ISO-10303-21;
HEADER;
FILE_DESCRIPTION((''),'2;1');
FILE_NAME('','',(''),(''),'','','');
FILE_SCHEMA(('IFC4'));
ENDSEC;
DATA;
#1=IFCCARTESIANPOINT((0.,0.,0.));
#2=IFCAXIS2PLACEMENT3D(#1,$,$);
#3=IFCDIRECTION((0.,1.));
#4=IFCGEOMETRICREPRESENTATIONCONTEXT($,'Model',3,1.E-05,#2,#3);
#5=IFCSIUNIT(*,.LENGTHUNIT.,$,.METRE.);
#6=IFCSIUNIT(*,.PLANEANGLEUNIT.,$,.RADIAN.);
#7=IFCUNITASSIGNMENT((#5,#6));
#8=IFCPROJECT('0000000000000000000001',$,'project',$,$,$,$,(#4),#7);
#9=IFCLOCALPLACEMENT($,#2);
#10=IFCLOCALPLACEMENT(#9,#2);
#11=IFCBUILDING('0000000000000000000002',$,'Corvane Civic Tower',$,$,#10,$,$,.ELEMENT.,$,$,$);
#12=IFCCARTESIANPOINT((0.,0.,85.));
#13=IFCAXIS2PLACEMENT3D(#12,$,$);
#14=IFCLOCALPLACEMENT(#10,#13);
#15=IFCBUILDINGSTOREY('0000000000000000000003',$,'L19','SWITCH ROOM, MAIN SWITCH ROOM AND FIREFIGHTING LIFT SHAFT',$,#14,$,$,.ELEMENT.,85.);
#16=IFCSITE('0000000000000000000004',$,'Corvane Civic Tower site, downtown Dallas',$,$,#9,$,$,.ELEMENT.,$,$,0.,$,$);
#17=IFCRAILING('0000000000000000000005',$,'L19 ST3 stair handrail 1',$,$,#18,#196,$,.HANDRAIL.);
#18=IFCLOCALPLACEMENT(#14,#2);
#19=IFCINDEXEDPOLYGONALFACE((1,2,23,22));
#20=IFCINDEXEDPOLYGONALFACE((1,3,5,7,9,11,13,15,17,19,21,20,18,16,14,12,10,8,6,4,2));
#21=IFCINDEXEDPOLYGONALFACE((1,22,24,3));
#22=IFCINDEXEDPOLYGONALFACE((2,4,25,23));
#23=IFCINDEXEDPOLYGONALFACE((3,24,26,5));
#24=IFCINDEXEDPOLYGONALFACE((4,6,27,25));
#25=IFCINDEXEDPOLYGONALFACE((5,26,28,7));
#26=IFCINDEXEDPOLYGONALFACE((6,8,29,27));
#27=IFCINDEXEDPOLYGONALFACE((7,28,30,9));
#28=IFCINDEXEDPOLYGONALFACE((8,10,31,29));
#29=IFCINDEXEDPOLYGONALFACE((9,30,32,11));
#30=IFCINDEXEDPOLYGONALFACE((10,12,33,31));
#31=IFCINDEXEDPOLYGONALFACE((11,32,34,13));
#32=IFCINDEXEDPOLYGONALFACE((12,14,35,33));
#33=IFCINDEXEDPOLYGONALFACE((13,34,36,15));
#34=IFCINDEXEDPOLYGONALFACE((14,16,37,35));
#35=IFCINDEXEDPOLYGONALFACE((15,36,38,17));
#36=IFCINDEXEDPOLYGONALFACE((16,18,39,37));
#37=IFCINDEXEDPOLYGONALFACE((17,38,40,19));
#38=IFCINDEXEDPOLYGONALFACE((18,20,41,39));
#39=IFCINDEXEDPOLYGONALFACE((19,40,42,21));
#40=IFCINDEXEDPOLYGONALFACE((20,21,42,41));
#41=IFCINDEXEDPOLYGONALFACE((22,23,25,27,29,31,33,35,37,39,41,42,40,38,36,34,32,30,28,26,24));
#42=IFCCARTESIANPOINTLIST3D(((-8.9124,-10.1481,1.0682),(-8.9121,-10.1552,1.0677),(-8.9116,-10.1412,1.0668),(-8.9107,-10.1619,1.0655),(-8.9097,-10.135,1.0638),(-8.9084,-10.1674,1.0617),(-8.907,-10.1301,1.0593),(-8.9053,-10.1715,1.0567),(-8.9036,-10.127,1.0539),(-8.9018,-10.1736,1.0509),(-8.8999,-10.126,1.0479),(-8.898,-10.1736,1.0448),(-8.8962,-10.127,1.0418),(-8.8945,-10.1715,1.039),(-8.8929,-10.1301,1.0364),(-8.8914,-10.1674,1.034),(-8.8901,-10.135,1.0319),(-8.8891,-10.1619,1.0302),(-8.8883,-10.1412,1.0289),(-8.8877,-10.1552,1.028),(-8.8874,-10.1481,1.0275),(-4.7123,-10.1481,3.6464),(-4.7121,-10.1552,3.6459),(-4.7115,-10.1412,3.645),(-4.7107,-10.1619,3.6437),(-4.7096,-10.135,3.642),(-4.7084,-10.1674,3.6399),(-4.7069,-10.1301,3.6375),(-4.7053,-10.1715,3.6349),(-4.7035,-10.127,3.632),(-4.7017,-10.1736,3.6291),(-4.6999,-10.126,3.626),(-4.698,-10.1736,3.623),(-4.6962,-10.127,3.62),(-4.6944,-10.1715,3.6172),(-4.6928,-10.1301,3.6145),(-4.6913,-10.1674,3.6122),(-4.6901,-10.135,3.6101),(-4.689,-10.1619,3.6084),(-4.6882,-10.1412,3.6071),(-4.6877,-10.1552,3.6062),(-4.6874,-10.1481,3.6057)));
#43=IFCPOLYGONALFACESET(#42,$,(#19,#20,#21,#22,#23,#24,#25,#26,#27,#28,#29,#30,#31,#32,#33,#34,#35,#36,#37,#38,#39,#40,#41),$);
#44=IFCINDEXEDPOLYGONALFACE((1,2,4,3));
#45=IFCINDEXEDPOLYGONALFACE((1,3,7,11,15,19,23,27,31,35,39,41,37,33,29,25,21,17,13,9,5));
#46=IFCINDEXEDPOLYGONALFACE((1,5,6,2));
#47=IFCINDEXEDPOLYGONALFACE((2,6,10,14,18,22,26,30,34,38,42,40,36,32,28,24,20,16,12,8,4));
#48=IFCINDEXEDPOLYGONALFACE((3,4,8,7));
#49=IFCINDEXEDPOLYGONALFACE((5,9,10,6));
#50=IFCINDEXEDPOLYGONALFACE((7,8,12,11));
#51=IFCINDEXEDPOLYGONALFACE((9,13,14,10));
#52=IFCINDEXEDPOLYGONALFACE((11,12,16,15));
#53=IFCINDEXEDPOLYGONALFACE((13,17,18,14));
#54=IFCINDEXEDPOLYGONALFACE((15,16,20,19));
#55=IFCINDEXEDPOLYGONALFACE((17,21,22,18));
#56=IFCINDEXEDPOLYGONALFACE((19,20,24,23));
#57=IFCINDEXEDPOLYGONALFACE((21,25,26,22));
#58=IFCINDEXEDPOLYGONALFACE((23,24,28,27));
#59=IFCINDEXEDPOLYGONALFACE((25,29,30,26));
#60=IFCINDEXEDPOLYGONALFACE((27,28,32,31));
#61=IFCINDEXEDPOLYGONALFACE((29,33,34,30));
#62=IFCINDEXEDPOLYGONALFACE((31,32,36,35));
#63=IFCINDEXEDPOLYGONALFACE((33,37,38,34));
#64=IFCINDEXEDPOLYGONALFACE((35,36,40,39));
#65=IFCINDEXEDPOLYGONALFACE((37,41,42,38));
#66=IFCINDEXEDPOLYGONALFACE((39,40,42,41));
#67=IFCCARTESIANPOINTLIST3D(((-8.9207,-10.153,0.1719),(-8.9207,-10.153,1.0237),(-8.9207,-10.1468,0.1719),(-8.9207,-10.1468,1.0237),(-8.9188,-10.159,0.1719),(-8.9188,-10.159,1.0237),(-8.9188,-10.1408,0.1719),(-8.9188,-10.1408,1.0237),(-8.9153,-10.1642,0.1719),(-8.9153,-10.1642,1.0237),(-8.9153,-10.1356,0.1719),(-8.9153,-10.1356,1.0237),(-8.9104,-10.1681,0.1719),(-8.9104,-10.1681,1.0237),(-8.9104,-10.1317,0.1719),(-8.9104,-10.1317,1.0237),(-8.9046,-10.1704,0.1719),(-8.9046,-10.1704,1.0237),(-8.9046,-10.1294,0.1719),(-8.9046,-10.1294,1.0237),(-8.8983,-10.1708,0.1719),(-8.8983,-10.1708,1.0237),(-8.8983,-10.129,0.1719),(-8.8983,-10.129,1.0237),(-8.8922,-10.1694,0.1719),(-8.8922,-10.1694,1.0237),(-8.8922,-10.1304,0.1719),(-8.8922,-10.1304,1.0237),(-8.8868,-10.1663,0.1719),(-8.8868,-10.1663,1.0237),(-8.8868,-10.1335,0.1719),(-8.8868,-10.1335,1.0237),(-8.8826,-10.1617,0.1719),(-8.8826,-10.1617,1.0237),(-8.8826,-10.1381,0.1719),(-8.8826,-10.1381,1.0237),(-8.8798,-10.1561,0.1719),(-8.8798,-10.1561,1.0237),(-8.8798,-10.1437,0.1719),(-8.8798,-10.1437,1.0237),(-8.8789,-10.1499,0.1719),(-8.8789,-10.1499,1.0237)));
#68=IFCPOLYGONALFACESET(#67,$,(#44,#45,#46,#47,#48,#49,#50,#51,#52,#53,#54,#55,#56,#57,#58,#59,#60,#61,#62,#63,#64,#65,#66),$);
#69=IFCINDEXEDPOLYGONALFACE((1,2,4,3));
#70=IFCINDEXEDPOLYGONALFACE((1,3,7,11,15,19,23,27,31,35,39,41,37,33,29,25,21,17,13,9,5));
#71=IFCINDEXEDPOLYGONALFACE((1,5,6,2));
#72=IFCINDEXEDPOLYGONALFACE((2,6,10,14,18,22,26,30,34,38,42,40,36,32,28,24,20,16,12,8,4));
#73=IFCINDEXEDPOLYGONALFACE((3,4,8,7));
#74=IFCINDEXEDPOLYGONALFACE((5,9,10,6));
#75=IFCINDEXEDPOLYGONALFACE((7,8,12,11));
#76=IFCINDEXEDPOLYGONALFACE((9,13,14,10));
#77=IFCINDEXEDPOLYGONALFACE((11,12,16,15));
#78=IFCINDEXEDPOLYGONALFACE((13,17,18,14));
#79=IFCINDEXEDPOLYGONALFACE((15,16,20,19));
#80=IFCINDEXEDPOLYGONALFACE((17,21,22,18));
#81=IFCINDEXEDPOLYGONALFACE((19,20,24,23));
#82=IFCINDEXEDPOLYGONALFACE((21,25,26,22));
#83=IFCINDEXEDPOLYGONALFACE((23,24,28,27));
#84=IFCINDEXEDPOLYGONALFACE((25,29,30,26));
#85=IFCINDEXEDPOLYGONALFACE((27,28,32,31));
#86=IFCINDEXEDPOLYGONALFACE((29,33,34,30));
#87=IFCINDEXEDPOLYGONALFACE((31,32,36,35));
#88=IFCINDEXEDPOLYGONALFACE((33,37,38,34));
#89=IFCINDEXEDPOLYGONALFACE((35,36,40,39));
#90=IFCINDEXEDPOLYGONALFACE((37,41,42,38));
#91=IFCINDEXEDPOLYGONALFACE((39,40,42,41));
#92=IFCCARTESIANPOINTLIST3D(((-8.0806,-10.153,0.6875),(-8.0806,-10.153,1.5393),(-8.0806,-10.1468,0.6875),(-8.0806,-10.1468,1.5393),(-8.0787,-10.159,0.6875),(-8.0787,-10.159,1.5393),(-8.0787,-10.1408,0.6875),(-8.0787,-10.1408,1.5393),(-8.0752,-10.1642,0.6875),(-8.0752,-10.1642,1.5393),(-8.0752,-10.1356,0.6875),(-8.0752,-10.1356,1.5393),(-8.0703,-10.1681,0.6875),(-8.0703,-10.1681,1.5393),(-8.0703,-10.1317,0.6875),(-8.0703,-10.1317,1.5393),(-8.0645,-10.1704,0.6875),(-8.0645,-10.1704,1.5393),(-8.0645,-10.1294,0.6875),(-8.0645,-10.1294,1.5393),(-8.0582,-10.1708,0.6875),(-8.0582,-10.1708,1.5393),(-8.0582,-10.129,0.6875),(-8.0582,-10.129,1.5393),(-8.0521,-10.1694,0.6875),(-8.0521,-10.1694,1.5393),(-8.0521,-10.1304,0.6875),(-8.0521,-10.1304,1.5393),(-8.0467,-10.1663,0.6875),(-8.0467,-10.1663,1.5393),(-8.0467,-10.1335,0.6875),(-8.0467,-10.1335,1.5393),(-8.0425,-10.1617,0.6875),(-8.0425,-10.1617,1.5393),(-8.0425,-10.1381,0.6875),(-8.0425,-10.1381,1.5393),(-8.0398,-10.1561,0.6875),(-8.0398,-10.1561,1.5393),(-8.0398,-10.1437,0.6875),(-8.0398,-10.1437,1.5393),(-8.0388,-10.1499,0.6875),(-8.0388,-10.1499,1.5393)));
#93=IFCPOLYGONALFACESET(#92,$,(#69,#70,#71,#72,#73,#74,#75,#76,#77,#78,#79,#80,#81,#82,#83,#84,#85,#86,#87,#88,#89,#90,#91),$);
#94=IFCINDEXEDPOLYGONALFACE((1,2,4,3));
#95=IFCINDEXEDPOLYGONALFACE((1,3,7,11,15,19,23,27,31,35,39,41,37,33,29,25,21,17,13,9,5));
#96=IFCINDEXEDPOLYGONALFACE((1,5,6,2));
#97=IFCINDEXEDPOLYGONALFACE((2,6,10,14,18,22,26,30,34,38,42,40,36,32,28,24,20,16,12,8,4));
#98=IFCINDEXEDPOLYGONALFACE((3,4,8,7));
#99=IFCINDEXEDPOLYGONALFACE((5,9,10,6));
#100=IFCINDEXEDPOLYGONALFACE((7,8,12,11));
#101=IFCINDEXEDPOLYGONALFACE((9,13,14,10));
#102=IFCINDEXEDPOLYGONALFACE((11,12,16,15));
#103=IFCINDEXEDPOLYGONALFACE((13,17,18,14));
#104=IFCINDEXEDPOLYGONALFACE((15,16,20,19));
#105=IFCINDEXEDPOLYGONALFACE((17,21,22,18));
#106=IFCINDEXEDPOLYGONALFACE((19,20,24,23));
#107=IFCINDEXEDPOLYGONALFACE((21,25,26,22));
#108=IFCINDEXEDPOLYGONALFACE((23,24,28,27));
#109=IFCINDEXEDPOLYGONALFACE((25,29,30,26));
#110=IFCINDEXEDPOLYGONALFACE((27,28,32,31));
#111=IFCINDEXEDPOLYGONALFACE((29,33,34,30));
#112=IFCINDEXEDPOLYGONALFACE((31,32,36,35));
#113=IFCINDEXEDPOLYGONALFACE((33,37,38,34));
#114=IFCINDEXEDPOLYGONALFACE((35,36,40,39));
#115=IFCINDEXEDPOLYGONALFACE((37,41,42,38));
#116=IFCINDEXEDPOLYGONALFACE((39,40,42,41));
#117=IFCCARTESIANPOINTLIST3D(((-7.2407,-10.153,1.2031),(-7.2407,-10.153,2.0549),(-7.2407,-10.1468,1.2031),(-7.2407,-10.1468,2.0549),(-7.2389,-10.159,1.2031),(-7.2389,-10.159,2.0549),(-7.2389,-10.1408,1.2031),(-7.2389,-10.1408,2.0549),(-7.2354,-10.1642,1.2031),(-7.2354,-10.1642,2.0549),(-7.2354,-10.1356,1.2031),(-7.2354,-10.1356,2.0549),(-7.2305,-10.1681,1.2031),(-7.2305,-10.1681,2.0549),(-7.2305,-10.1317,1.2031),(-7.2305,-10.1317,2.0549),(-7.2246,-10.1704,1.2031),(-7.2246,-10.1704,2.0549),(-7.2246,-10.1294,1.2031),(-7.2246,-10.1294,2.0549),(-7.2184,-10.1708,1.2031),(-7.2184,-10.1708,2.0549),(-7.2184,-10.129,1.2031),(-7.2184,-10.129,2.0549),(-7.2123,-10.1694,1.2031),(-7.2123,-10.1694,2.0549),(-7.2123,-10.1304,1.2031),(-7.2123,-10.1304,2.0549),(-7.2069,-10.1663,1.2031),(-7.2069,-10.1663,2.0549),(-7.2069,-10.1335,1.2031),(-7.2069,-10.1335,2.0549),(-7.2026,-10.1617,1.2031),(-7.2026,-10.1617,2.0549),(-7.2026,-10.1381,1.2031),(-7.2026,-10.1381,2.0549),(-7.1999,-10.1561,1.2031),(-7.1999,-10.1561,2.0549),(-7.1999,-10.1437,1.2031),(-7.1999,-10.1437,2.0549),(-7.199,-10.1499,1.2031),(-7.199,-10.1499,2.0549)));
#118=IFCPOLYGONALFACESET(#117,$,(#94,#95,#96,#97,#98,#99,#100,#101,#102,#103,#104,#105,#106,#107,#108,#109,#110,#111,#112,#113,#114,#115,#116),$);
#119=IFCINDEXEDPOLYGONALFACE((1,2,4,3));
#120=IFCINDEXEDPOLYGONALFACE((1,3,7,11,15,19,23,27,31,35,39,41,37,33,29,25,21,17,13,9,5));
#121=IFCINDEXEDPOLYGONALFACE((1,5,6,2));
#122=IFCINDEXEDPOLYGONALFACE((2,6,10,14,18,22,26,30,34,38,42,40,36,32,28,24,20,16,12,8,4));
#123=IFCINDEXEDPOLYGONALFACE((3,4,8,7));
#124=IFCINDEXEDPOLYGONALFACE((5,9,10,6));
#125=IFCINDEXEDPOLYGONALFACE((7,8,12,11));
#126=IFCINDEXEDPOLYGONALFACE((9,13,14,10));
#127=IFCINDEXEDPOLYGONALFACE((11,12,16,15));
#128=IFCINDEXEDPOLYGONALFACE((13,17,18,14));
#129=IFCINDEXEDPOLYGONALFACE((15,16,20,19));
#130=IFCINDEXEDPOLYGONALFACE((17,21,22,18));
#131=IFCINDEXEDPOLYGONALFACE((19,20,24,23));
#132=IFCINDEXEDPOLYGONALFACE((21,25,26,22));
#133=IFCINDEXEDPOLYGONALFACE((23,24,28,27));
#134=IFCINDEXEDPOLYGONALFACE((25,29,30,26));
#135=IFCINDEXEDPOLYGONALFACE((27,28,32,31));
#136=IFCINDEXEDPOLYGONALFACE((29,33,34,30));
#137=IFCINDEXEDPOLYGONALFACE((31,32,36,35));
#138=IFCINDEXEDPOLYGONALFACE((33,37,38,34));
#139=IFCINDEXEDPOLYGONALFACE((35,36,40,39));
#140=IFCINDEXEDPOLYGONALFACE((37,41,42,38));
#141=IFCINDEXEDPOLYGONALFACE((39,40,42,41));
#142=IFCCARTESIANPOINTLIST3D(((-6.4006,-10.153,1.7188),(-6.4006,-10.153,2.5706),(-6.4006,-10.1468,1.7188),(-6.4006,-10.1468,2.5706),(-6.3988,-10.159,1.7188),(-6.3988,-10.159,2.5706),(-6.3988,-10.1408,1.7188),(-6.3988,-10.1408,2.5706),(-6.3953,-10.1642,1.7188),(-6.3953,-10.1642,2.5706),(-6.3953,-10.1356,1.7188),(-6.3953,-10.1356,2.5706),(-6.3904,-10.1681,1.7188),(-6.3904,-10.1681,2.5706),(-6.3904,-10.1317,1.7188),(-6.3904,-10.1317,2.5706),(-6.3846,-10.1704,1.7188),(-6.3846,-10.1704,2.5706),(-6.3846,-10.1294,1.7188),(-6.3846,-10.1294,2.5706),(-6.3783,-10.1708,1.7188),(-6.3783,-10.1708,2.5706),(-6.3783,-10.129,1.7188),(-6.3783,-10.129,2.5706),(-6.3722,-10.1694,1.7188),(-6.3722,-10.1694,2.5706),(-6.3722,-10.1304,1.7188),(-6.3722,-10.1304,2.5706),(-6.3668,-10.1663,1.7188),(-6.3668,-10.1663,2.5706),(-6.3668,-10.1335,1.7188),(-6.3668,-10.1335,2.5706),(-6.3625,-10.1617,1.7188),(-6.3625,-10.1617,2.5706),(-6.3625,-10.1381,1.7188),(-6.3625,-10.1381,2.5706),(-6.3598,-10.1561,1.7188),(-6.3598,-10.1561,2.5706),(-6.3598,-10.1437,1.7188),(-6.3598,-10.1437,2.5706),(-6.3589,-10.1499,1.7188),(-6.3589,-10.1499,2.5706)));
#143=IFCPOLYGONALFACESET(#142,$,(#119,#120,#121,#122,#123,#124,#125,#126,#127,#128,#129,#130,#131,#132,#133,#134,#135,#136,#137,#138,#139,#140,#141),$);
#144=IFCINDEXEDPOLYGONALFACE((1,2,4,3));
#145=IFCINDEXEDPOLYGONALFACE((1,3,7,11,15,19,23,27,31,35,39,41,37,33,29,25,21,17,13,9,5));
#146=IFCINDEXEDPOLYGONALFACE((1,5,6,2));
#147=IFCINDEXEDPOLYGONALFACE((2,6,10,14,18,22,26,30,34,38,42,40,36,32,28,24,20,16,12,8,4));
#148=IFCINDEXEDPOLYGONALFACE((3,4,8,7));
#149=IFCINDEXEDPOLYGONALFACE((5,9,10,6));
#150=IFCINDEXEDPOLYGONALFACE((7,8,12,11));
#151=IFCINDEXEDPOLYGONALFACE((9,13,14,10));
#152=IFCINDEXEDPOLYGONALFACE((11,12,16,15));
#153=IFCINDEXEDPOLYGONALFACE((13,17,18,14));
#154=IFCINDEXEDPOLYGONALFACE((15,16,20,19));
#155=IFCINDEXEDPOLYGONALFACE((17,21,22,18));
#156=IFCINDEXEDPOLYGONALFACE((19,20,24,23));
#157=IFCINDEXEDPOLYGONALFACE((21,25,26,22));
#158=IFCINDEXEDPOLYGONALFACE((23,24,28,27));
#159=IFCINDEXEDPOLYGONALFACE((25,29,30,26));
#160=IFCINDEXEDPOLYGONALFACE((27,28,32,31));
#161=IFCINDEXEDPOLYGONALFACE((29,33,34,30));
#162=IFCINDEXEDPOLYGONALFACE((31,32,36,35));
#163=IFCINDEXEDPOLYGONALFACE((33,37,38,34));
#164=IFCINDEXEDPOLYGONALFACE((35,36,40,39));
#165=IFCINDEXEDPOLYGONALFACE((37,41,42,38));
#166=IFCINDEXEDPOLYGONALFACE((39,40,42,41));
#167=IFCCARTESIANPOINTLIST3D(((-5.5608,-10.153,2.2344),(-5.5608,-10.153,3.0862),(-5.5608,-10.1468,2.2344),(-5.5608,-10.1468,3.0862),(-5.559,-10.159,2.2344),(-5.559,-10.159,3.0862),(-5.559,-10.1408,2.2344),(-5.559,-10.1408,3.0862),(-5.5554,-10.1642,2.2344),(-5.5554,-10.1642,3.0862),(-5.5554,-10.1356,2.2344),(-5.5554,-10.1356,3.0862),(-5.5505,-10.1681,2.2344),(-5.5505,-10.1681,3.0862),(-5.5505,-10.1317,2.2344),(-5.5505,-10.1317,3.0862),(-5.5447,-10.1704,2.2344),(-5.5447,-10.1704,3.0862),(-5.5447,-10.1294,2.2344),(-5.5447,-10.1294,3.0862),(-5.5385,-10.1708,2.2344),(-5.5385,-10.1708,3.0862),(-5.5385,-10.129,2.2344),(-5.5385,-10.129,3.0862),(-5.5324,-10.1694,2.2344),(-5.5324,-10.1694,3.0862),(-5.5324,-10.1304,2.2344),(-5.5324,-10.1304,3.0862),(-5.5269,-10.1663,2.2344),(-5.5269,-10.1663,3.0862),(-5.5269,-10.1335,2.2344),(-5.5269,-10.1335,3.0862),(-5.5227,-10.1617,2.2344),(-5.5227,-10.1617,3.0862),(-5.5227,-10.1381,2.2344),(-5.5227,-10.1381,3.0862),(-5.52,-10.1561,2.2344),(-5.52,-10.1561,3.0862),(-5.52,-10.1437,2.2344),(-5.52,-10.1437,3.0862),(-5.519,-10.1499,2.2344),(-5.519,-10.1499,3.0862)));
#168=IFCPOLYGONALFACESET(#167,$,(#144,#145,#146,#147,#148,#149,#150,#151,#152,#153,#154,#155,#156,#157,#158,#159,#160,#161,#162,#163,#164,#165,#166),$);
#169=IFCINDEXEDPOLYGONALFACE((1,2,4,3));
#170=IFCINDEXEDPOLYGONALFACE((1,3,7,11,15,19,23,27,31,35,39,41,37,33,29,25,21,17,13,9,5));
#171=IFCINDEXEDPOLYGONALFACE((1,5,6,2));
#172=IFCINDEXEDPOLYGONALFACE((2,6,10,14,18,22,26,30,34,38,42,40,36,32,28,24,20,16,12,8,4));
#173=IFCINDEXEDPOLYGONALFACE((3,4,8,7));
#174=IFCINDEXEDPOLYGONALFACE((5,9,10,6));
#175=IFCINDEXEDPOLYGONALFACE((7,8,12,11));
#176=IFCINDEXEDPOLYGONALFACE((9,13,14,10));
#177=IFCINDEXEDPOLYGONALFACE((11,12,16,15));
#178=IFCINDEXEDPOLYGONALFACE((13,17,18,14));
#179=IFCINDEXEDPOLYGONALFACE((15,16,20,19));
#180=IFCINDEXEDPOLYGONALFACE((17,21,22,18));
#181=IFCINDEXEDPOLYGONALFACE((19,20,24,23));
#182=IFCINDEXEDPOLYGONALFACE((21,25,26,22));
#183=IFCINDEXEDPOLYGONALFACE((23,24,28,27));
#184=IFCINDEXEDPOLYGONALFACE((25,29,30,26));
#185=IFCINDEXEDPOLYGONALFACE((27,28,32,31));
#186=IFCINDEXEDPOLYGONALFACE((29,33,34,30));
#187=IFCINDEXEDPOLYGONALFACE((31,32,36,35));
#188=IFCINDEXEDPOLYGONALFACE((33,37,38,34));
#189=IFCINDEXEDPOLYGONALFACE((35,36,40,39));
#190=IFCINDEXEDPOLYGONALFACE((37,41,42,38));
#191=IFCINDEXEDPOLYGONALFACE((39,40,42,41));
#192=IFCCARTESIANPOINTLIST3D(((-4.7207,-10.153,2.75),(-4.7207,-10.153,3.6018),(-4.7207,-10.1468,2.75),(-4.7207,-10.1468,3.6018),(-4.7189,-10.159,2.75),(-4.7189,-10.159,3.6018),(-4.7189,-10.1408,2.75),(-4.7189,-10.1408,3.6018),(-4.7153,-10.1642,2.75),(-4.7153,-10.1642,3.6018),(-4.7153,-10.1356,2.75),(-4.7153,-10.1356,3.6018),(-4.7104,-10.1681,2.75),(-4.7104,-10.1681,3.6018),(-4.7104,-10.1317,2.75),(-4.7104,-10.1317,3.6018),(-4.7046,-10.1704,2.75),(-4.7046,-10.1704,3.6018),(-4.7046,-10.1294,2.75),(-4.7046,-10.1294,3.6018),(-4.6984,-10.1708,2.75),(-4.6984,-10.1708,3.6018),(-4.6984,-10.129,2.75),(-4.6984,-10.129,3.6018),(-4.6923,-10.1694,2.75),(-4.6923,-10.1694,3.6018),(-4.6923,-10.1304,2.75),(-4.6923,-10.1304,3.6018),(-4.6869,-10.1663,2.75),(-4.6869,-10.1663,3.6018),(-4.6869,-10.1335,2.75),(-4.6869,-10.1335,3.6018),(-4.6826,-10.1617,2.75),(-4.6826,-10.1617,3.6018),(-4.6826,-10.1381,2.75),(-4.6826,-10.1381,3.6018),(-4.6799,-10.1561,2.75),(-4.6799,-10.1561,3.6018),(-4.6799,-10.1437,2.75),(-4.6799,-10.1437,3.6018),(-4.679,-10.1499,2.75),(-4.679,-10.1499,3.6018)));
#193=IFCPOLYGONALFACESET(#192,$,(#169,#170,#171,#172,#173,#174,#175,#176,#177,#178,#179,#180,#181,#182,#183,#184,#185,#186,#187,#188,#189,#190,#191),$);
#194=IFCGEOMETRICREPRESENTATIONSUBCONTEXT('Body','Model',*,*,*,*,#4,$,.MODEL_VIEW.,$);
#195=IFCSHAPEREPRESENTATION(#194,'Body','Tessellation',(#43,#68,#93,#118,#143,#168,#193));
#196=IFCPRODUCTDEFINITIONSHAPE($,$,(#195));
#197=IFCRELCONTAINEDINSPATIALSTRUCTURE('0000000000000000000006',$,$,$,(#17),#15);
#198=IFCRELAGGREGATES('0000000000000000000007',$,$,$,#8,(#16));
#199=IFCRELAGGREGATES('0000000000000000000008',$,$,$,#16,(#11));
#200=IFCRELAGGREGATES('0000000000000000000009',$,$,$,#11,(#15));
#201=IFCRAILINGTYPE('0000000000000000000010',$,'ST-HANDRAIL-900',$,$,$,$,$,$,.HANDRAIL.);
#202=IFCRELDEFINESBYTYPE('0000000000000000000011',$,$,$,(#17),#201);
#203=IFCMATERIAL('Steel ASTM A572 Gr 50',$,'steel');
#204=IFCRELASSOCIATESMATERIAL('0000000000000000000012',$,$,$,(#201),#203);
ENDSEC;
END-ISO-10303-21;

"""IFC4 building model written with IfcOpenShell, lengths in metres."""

from ifc_helpers import new_model, si_unit, direction, frame, origin, origin_2d, place, context, subcontext, project, spatial, circle, extrude, material, type_object, element, save


model = new_model("IFC4")

# Units and contexts
model_context = context("Model", 3, precision=1e-05, world=origin(), true_north=direction((0.0, 1.0)))
body_context = subcontext(model_context, "Body", "Model", "MODEL_VIEW")
ifc_project = project(units=[si_unit("LENGTHUNIT", "METRE"), si_unit("PLANEANGLEUNIT", "RADIAN")], contexts=[model_context])

# Site, building, storey
site_placement = place(None, origin())
site = spatial("IfcSite", under=ifc_project, at=site_placement, Name="Corvane Civic Tower site, downtown Dallas", CompositionType="ELEMENT", RefElevation=0.0)
building_placement = place(site_placement, origin())
building = spatial("IfcBuilding", under=site, at=building_placement, Name="Corvane Civic Tower", CompositionType="ELEMENT")
storey_placement = place(building_placement, frame((0.0, 0.0, 85.0)))
storey = spatial("IfcBuildingStorey", under=building, at=storey_placement, Name="L19", Description="SWITCH ROOM, MAIN SWITCH ROOM AND FIREFIGHTING LIFT SHAFT", CompositionType="ELEMENT", Elevation=85.0)

# Railing
ifc_material_1 = material(Name="Steel ASTM A572 Gr 50", Category="steel")
railing_type_1 = type_object("IfcRailingType", Name="ST-HANDRAIL-900", PredefinedType="HANDRAIL", material=ifc_material_1)
railing_1_placement = place(storey_placement, frame((-8.8999, -10.1499, 0.1719)))
element("IfcRailing", 1, at=railing_1_placement, inside=storey, type_object=railing_type_1, Name="L19 ST3 stair handrail 1", PredefinedType="HANDRAIL", context=body_context, shape_type="SweptSolid", body=[
    extrude(circle(Radius=0.0239, at=origin_2d()), frame((0.0, 0.0, 0.876), z_axis=(0.852243, 0.0, 0.523146), x_axis=(0.0, 1.0, 0.0)), (0.0, 0.0, 1.0), 4.9282),
    extrude(circle(Radius=0.021, at=origin_2d()), origin(), (0.0, 0.0, 1.0), 0.8518),
    extrude(circle(Radius=0.021, at=origin_2d()), frame((0.8401, 0.0, 0.5156)), (0.0, 0.0, 1.0), 0.8518),
    extrude(circle(Radius=0.021, at=origin_2d()), frame((1.6799, 0.0, 1.0312)), (0.0, 0.0, 1.0), 0.8518),
    extrude(circle(Radius=0.021, at=origin_2d()), frame((2.52, 0.0, 1.5469)), (0.0, 0.0, 1.0), 0.8518),
    extrude(circle(Radius=0.021, at=origin_2d()), frame((3.3599, 0.0, 2.0625)), (0.0, 0.0, 1.0), 0.8518),
    extrude(circle(Radius=0.021, at=origin_2d()), frame((4.2, 0.0, 2.5781)), (0.0, 0.0, 1.0), 0.8518),
])

save(model, "model.ifc")
